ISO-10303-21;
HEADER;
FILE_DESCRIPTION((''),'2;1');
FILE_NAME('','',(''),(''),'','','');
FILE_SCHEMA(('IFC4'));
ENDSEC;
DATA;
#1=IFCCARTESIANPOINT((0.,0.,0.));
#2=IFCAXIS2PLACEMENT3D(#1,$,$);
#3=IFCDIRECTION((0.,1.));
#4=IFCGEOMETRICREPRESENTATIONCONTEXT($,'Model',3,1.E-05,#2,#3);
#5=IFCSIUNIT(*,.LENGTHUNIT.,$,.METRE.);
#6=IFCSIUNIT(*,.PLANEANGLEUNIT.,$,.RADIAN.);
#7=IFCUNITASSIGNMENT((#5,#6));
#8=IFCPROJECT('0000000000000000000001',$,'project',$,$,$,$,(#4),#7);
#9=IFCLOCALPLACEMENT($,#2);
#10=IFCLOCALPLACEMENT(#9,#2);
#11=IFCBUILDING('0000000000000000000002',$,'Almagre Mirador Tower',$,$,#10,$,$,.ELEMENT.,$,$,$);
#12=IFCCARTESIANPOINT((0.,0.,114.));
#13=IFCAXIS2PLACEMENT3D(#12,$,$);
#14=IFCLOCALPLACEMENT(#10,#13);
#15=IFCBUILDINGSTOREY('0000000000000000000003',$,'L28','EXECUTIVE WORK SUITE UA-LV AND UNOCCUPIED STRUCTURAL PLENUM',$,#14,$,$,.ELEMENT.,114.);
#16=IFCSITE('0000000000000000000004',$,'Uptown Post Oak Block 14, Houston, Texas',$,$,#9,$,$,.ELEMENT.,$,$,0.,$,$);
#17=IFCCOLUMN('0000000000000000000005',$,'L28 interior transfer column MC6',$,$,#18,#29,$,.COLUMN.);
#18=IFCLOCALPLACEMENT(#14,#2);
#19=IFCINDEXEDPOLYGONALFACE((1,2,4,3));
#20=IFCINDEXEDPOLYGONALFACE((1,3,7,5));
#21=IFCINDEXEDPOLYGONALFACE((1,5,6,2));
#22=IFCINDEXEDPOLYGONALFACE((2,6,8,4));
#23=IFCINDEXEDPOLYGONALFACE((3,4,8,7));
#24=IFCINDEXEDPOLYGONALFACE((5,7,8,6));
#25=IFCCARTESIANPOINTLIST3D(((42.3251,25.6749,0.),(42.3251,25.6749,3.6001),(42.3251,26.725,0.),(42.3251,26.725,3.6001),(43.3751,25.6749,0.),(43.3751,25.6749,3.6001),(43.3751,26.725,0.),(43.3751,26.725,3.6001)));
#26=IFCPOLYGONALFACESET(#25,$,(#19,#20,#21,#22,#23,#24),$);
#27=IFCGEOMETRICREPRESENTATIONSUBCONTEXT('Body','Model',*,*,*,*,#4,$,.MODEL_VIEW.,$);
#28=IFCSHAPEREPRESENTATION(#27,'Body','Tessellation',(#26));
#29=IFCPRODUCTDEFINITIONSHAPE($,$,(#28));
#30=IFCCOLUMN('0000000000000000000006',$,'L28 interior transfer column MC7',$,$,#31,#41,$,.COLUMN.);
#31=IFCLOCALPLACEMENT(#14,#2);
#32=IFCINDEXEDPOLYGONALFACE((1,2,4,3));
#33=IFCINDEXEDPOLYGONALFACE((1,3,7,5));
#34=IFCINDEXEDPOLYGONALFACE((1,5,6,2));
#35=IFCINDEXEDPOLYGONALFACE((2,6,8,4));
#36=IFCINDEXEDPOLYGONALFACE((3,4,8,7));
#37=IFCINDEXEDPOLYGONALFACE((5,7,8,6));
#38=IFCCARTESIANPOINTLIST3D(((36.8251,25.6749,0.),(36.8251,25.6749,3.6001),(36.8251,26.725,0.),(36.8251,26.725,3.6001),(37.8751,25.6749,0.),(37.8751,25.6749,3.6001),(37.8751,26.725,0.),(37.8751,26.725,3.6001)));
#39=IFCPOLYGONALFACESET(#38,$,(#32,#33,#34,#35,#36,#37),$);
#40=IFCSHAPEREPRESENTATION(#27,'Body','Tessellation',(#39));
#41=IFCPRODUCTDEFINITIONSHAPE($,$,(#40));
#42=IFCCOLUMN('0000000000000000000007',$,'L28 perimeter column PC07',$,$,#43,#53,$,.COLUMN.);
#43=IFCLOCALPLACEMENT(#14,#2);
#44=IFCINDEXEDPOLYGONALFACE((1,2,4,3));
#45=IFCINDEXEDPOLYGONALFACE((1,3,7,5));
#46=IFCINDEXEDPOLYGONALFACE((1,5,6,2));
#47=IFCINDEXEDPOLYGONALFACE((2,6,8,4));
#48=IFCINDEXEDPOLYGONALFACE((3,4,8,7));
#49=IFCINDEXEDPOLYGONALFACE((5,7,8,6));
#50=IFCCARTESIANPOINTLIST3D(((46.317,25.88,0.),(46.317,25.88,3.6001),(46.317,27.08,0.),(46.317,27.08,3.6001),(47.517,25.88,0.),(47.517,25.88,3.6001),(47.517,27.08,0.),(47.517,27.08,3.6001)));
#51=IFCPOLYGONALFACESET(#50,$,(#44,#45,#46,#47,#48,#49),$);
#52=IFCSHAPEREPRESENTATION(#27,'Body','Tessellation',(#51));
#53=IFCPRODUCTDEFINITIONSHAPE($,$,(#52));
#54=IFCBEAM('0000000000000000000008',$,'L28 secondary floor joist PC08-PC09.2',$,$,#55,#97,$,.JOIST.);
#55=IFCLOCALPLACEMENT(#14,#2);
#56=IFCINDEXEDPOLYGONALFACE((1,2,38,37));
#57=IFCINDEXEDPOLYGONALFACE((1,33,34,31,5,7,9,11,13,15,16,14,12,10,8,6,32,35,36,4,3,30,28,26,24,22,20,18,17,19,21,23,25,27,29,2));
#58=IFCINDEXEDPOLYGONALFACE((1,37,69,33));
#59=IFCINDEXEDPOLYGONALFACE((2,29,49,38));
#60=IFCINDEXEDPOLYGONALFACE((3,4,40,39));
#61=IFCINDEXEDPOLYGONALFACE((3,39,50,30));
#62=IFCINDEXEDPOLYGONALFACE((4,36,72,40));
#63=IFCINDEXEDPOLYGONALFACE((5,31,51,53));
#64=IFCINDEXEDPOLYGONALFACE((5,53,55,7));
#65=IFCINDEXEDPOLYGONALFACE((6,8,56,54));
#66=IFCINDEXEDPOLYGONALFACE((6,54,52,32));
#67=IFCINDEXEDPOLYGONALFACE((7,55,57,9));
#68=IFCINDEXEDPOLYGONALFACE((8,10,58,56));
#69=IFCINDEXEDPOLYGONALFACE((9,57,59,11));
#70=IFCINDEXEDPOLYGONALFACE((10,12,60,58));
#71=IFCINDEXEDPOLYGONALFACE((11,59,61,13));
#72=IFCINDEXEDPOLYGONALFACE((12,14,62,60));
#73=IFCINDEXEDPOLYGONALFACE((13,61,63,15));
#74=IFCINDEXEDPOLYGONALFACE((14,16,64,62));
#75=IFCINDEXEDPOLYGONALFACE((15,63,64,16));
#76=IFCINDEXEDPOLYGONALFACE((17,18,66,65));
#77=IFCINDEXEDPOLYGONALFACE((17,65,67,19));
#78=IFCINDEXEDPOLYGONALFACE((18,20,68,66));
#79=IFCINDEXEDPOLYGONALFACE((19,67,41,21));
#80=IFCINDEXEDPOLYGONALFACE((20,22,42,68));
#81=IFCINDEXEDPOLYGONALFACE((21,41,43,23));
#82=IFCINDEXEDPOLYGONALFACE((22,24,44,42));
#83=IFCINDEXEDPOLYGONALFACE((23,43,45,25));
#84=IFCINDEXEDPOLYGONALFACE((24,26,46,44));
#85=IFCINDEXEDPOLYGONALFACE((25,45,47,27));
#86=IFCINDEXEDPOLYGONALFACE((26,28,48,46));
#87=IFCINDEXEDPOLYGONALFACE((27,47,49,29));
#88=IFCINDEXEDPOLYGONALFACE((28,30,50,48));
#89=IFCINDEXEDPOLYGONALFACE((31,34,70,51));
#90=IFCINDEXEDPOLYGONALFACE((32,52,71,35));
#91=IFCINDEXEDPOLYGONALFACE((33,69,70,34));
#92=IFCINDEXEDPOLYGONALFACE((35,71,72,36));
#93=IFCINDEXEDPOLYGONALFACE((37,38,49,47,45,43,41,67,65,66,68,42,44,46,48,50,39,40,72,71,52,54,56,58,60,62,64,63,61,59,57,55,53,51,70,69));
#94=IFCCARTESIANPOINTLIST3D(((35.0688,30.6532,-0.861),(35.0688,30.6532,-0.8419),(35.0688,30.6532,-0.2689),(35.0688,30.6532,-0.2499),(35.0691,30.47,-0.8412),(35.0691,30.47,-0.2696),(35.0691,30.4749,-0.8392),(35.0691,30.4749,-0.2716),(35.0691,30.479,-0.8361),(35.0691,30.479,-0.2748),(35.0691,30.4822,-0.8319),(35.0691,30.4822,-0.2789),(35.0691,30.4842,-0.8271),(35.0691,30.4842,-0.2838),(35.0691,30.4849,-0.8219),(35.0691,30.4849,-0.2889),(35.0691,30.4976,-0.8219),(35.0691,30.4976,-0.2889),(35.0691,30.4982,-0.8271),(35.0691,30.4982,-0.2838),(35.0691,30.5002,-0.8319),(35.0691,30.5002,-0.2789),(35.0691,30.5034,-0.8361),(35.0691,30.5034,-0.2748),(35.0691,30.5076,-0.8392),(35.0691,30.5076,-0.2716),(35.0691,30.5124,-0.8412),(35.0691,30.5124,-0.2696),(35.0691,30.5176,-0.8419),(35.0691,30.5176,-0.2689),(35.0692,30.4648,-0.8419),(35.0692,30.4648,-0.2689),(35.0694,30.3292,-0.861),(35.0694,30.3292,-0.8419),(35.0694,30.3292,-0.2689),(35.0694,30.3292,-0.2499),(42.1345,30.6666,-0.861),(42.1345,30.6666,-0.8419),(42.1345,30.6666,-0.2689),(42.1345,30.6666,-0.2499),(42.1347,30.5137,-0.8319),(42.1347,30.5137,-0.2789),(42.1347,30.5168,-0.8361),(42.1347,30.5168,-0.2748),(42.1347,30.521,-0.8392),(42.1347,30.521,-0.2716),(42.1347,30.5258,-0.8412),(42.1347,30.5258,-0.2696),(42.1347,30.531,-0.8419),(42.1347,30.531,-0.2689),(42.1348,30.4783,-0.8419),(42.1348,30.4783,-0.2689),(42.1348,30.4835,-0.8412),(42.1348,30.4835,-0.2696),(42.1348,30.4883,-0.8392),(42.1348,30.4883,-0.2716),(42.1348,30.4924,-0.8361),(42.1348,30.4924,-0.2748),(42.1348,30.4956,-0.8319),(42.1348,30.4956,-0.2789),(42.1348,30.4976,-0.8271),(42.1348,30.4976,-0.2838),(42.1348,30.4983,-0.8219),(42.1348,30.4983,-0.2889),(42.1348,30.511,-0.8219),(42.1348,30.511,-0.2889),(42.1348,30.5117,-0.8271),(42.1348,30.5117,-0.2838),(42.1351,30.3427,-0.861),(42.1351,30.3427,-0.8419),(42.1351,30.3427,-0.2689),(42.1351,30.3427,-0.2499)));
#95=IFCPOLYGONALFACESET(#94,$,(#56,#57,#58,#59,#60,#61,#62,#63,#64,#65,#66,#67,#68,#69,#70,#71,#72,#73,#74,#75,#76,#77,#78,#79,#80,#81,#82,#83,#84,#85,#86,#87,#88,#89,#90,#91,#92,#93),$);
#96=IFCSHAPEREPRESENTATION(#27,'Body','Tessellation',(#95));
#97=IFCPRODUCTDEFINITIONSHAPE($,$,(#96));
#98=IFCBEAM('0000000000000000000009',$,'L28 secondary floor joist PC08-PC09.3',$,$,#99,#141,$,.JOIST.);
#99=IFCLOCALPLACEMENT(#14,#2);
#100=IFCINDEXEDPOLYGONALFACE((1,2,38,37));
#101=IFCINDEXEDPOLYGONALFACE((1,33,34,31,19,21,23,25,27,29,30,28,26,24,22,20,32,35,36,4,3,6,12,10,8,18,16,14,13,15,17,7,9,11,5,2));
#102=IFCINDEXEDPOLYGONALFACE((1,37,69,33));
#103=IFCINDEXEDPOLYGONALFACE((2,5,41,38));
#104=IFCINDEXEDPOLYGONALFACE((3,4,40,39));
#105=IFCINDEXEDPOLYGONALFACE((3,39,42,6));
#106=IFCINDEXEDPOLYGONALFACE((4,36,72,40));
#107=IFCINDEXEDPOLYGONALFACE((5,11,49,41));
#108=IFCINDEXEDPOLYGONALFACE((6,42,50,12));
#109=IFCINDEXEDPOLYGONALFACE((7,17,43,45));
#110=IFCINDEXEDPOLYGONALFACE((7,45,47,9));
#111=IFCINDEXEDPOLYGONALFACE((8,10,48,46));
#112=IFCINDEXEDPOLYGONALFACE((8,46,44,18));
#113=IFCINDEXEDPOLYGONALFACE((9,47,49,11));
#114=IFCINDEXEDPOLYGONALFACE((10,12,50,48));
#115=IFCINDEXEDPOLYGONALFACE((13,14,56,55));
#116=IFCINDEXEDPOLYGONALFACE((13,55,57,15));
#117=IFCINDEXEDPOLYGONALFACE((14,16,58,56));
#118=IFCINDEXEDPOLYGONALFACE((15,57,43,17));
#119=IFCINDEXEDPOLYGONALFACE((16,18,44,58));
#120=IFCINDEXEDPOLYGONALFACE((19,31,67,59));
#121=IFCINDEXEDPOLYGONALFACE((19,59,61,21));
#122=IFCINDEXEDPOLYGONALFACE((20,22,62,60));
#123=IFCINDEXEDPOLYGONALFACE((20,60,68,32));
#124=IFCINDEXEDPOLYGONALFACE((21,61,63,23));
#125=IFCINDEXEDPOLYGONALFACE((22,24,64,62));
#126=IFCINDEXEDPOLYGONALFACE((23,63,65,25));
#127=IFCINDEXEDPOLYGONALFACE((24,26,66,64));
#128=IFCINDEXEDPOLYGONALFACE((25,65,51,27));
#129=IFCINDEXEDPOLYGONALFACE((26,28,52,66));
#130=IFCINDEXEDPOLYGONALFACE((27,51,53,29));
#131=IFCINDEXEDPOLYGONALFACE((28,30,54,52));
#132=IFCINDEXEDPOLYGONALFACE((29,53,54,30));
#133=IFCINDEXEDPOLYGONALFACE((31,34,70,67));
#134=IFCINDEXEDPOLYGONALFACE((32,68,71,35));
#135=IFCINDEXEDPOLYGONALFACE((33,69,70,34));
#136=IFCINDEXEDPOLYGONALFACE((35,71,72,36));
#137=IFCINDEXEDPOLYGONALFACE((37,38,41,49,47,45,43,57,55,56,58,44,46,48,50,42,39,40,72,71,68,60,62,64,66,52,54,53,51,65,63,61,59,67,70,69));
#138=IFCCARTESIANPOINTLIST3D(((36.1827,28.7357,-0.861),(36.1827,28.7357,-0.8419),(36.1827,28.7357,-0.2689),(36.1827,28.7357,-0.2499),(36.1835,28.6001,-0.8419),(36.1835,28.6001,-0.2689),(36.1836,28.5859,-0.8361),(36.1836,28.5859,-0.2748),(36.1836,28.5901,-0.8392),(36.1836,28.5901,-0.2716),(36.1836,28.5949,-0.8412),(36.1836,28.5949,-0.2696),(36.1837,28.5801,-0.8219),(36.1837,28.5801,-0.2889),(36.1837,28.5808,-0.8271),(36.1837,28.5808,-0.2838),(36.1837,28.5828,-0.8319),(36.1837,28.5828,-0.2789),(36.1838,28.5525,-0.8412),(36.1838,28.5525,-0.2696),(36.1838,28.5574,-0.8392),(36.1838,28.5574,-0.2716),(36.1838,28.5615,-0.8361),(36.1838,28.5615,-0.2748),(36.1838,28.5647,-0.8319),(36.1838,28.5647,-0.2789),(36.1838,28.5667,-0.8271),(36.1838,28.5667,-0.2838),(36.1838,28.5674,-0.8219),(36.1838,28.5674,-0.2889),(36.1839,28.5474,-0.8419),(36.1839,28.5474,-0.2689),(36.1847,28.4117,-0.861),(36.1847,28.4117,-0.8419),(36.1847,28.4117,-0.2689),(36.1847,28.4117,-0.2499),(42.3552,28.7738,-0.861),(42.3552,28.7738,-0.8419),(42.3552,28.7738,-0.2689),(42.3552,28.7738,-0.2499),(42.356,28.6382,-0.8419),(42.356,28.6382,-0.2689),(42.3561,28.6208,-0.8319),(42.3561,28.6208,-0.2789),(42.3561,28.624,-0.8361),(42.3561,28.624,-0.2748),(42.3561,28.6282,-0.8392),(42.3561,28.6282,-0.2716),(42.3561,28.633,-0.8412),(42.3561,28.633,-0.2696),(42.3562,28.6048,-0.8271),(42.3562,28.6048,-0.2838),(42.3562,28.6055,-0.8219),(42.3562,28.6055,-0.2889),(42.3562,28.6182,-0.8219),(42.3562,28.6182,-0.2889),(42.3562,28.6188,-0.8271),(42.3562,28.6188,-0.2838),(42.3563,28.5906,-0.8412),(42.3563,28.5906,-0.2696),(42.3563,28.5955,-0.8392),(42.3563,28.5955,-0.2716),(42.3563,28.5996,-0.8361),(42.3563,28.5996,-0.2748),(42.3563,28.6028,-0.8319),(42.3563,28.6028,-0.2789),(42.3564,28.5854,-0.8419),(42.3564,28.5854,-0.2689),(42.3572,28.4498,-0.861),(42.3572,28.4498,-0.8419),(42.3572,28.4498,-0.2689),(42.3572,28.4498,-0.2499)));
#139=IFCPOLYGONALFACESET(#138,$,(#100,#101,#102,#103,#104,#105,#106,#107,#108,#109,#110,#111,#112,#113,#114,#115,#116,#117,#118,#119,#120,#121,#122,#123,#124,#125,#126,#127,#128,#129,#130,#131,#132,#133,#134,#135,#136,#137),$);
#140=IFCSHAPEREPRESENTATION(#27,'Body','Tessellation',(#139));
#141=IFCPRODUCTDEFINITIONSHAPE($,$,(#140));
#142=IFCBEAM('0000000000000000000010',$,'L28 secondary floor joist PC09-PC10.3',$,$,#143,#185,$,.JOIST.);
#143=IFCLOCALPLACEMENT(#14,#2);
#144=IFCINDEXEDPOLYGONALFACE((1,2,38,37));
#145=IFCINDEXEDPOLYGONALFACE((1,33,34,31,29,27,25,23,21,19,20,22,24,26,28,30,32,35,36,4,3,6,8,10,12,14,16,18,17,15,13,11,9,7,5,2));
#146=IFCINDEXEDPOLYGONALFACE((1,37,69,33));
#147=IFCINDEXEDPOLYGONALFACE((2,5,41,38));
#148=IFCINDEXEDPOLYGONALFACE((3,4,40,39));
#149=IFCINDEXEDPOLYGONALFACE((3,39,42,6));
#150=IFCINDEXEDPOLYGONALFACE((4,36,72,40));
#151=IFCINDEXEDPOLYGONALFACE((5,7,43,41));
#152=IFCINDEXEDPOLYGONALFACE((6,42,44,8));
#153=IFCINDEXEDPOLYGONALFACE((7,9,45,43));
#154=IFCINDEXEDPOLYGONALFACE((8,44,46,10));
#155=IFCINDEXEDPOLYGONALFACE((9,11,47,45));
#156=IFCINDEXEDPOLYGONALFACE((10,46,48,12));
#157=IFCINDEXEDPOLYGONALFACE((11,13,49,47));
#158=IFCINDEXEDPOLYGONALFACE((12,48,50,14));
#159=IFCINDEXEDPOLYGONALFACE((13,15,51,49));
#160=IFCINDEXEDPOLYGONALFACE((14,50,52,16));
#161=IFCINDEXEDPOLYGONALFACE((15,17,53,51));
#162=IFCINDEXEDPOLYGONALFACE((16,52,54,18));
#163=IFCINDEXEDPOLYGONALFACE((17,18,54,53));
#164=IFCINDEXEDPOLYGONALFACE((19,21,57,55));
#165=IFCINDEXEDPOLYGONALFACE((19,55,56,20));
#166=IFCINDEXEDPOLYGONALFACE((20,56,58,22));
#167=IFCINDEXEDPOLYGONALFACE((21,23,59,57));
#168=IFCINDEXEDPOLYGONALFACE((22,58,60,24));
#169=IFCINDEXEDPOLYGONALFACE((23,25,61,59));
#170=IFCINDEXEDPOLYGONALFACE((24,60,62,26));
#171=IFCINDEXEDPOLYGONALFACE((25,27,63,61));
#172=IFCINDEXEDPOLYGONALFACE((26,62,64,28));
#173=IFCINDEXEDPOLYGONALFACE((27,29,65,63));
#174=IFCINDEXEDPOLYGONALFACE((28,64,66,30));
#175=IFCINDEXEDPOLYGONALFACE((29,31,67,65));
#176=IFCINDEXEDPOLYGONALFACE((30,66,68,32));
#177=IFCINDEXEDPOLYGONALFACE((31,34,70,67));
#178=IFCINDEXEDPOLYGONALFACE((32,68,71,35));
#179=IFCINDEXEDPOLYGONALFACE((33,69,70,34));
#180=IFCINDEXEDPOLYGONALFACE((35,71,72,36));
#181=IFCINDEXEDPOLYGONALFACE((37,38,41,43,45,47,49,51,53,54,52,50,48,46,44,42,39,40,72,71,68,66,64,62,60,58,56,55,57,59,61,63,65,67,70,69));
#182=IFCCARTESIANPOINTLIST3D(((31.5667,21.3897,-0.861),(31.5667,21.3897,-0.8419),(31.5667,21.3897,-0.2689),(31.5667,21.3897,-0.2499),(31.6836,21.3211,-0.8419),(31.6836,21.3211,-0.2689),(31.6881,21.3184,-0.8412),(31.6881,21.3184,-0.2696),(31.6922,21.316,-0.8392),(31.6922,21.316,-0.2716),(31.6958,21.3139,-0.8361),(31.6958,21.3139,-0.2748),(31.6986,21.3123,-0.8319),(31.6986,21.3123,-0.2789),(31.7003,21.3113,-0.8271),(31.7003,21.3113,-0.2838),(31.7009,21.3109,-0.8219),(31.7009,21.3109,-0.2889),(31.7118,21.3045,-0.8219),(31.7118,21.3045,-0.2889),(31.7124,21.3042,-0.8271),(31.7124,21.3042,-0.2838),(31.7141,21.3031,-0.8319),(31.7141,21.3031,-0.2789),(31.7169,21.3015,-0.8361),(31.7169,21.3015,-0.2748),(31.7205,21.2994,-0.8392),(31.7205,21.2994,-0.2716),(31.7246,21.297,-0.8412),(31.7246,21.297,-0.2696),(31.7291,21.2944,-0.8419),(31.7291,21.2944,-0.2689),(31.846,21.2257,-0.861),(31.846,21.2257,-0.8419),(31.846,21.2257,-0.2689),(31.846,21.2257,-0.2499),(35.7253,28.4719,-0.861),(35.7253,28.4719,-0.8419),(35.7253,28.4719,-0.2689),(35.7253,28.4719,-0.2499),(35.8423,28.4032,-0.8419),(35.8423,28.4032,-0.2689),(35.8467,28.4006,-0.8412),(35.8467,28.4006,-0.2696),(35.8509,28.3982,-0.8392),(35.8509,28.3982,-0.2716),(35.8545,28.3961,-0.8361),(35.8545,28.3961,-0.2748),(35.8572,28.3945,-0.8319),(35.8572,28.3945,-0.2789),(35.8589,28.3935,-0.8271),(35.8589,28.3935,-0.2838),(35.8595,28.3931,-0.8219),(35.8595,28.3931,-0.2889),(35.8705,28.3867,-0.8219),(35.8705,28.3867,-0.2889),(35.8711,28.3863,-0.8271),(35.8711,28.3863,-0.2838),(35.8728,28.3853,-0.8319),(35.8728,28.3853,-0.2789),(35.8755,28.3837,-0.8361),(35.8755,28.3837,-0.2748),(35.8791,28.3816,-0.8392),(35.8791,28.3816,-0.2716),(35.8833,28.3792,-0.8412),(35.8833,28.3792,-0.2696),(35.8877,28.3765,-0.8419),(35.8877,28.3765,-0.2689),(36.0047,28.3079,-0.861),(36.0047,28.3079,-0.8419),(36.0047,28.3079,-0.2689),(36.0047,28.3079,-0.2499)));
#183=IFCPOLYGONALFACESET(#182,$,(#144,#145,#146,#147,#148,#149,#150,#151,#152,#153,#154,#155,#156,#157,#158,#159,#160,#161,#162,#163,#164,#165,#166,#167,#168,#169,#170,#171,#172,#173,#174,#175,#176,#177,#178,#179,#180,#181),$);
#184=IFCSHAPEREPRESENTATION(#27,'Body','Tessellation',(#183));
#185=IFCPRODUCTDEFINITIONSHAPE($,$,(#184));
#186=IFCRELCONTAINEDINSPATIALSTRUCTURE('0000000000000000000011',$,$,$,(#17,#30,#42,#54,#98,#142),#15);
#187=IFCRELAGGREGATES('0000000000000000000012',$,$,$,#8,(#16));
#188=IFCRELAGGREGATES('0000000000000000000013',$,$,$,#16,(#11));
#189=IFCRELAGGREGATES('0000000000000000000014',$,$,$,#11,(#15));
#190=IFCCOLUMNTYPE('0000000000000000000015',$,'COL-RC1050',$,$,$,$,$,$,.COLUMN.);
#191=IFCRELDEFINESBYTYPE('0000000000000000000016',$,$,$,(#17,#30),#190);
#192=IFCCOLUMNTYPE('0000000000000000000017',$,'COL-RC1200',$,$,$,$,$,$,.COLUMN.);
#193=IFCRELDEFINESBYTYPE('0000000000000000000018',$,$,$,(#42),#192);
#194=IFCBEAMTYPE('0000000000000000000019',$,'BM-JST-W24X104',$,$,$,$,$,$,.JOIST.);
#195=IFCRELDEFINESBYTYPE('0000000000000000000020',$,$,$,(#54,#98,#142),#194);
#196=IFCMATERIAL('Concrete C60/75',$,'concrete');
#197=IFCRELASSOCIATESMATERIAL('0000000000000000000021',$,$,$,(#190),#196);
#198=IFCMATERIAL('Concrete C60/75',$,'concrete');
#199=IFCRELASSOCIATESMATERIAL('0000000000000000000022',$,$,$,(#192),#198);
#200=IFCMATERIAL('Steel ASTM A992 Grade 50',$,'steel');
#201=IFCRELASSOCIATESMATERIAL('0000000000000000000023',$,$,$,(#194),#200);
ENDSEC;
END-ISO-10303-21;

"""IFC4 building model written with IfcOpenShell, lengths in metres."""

from ifc_helpers import new_model, si_unit, direction, frame, origin, origin_2d, place, context, subcontext, project, spatial, rectangle, i_section, extrude, material, material_profile, profile_set, type_object, element, save


model = new_model("IFC4")

# Units and contexts
model_context = context("Model", 3, precision=1e-05, world=origin(), true_north=direction((0.0, 1.0)))
body_context = subcontext(model_context, "Body", "Model", "MODEL_VIEW")
ifc_project = project(units=[si_unit("LENGTHUNIT", "METRE"), si_unit("PLANEANGLEUNIT", "RADIAN")], contexts=[model_context])

# Site, building, storey
site_placement = place(None, origin())
site = spatial("IfcSite", under=ifc_project, at=site_placement, Name="Uptown Post Oak Block 14, Houston, Texas", CompositionType="ELEMENT", RefElevation=0.0)
building_placement = place(site_placement, origin())
building = spatial("IfcBuilding", under=site, at=building_placement, Name="Almagre Mirador Tower", CompositionType="ELEMENT")
storey_placement = place(building_placement, frame((0.0, 0.0, 114.0)))
storey = spatial("IfcBuildingStorey", under=building, at=storey_placement, Name="L28", Description="EXECUTIVE WORK SUITE UA-LV AND UNOCCUPIED STRUCTURAL PLENUM", CompositionType="ELEMENT", Elevation=114.0)

# Columns
ifc_material_1 = material(Name="Concrete C60/75", Category="concrete")
ifc_material_profile_1 = material_profile(ifc_material_1, rectangle(XDim=1.05, YDim=1.05, at=origin_2d()), Name="RC1050X1050")
ifc_profile_set_1 = profile_set([ifc_material_profile_1], Name="Concrete C60/75")
column_type_1 = type_object("IfcColumnType", Name="COL-RC1050", PredefinedType="COLUMN", material=ifc_profile_set_1)
for number, where, z_axis, x_axis, name in (
    (1, (42.8501, 26.2, 0.0), (0.0, 0.0, 1.0), (1.0, 0.0, 0.0), "L28 interior transfer column MC6"),
    (2, (37.3501, 26.2, 0.0), (0.0, 0.0, 1.0), (1.0, 0.0, 0.0), "L28 interior transfer column MC7"),
):
    element("IfcColumn", number, at=place(storey_placement, frame(where, z_axis=z_axis, x_axis=x_axis)), inside=storey, type_object=column_type_1, Name=name, PredefinedType="COLUMN", context=body_context, shape_type="SweptSolid", body=[
        extrude(rectangle(XDim=1.05, YDim=1.05, at=origin_2d()), origin(), (0.0, 0.0, 1.0), 3.6001),
    ])
ifc_material_2 = material(Name="Concrete C60/75", Category="concrete")
ifc_material_profile_2 = material_profile(ifc_material_2, rectangle(XDim=1.2, YDim=1.2, at=origin_2d()), Name="RC1200X1200")
ifc_profile_set_2 = profile_set([ifc_material_profile_2], Name="Concrete C60/75")
column_type_2 = type_object("IfcColumnType", Name="COL-RC1200", PredefinedType="COLUMN", material=ifc_profile_set_2)
column_placement = place(storey_placement, frame((46.917, 26.48, 0.0), z_axis=(0.0, 0.0, 1.0), x_axis=(1.0, 0.0, 0.0)))
element("IfcColumn", 3, at=column_placement, inside=storey, type_object=column_type_2, Name="L28 perimeter column PC07", PredefinedType="COLUMN", context=body_context, shape_type="SweptSolid", body=[
    extrude(rectangle(XDim=1.2, YDim=1.2, at=origin_2d()), origin(), (0.0, 0.0, 1.0), 3.6001),
])

# Beams
ifc_material_3 = material(Name="Steel ASTM A992 Grade 50", Category="steel")
ifc_material_profile_3 = material_profile(ifc_material_3, i_section(OverallWidth=0.324, OverallDepth=0.6111, WebThickness=0.0127, FlangeThickness=0.019, FilletRadius=0.02, at=origin_2d()), Name="W24X104")
ifc_profile_set_3 = profile_set([ifc_material_profile_3], Name="Steel ASTM A992 Grade 50")
beam_type_1 = type_object("IfcBeamType", Name="BM-JST-W24X104", PredefinedType="JOIST", material=ifc_profile_set_3)
beam_1_placement = place(storey_placement, frame((42.1348, 30.5046, -0.5554), z_axis=(-0.999998, -0.0019, 0.0), x_axis=(0.0019, -0.999998, 0.0)))
element("IfcBeam", 4, at=beam_1_placement, inside=storey, type_object=beam_type_1, Name="L28 secondary floor joist PC08-PC09.2", PredefinedType="JOIST", context=body_context, shape_type="SweptSolid", body=[
    extrude(i_section(OverallWidth=0.324, OverallDepth=0.6111, WebThickness=0.0127, FlangeThickness=0.019, FilletRadius=0.02, at=origin_2d()), origin(), (0.0, 0.0, 1.0), 7.0657),
])
beam_2_placement = place(storey_placement, frame((42.3562, 28.6118, -0.5554), z_axis=(-0.999981, -0.00617, 0.0), x_axis=(0.00617, -0.999981, 0.0)))
element("IfcBeam", 5, at=beam_2_placement, inside=storey, type_object=beam_type_1, Name="L28 secondary floor joist PC08-PC09.3", PredefinedType="JOIST", context=body_context, shape_type="SweptSolid", body=[
    extrude(i_section(OverallWidth=0.324, OverallDepth=0.6111, WebThickness=0.0127, FlangeThickness=0.019, FilletRadius=0.02, at=origin_2d()), origin(), (0.0, 0.0, 1.0), 6.1726),
])
beam_3_placement = place(storey_placement, frame((35.865, 28.3899, -0.5554), z_axis=(-0.506355, -0.862325, 0.0), x_axis=(0.862325, -0.506355, 0.0)))
element("IfcBeam", 6, at=beam_3_placement, inside=storey, type_object=beam_type_1, Name="L28 secondary floor joist PC09-PC10.3", PredefinedType="JOIST", context=body_context, shape_type="SweptSolid", body=[
    extrude(i_section(OverallWidth=0.324, OverallDepth=0.6111, WebThickness=0.0127, FlangeThickness=0.019, FilletRadius=0.02, at=origin_2d()), origin(), (0.0, 0.0, 1.0), 8.2129),
])

save(model, "model.ifc")
